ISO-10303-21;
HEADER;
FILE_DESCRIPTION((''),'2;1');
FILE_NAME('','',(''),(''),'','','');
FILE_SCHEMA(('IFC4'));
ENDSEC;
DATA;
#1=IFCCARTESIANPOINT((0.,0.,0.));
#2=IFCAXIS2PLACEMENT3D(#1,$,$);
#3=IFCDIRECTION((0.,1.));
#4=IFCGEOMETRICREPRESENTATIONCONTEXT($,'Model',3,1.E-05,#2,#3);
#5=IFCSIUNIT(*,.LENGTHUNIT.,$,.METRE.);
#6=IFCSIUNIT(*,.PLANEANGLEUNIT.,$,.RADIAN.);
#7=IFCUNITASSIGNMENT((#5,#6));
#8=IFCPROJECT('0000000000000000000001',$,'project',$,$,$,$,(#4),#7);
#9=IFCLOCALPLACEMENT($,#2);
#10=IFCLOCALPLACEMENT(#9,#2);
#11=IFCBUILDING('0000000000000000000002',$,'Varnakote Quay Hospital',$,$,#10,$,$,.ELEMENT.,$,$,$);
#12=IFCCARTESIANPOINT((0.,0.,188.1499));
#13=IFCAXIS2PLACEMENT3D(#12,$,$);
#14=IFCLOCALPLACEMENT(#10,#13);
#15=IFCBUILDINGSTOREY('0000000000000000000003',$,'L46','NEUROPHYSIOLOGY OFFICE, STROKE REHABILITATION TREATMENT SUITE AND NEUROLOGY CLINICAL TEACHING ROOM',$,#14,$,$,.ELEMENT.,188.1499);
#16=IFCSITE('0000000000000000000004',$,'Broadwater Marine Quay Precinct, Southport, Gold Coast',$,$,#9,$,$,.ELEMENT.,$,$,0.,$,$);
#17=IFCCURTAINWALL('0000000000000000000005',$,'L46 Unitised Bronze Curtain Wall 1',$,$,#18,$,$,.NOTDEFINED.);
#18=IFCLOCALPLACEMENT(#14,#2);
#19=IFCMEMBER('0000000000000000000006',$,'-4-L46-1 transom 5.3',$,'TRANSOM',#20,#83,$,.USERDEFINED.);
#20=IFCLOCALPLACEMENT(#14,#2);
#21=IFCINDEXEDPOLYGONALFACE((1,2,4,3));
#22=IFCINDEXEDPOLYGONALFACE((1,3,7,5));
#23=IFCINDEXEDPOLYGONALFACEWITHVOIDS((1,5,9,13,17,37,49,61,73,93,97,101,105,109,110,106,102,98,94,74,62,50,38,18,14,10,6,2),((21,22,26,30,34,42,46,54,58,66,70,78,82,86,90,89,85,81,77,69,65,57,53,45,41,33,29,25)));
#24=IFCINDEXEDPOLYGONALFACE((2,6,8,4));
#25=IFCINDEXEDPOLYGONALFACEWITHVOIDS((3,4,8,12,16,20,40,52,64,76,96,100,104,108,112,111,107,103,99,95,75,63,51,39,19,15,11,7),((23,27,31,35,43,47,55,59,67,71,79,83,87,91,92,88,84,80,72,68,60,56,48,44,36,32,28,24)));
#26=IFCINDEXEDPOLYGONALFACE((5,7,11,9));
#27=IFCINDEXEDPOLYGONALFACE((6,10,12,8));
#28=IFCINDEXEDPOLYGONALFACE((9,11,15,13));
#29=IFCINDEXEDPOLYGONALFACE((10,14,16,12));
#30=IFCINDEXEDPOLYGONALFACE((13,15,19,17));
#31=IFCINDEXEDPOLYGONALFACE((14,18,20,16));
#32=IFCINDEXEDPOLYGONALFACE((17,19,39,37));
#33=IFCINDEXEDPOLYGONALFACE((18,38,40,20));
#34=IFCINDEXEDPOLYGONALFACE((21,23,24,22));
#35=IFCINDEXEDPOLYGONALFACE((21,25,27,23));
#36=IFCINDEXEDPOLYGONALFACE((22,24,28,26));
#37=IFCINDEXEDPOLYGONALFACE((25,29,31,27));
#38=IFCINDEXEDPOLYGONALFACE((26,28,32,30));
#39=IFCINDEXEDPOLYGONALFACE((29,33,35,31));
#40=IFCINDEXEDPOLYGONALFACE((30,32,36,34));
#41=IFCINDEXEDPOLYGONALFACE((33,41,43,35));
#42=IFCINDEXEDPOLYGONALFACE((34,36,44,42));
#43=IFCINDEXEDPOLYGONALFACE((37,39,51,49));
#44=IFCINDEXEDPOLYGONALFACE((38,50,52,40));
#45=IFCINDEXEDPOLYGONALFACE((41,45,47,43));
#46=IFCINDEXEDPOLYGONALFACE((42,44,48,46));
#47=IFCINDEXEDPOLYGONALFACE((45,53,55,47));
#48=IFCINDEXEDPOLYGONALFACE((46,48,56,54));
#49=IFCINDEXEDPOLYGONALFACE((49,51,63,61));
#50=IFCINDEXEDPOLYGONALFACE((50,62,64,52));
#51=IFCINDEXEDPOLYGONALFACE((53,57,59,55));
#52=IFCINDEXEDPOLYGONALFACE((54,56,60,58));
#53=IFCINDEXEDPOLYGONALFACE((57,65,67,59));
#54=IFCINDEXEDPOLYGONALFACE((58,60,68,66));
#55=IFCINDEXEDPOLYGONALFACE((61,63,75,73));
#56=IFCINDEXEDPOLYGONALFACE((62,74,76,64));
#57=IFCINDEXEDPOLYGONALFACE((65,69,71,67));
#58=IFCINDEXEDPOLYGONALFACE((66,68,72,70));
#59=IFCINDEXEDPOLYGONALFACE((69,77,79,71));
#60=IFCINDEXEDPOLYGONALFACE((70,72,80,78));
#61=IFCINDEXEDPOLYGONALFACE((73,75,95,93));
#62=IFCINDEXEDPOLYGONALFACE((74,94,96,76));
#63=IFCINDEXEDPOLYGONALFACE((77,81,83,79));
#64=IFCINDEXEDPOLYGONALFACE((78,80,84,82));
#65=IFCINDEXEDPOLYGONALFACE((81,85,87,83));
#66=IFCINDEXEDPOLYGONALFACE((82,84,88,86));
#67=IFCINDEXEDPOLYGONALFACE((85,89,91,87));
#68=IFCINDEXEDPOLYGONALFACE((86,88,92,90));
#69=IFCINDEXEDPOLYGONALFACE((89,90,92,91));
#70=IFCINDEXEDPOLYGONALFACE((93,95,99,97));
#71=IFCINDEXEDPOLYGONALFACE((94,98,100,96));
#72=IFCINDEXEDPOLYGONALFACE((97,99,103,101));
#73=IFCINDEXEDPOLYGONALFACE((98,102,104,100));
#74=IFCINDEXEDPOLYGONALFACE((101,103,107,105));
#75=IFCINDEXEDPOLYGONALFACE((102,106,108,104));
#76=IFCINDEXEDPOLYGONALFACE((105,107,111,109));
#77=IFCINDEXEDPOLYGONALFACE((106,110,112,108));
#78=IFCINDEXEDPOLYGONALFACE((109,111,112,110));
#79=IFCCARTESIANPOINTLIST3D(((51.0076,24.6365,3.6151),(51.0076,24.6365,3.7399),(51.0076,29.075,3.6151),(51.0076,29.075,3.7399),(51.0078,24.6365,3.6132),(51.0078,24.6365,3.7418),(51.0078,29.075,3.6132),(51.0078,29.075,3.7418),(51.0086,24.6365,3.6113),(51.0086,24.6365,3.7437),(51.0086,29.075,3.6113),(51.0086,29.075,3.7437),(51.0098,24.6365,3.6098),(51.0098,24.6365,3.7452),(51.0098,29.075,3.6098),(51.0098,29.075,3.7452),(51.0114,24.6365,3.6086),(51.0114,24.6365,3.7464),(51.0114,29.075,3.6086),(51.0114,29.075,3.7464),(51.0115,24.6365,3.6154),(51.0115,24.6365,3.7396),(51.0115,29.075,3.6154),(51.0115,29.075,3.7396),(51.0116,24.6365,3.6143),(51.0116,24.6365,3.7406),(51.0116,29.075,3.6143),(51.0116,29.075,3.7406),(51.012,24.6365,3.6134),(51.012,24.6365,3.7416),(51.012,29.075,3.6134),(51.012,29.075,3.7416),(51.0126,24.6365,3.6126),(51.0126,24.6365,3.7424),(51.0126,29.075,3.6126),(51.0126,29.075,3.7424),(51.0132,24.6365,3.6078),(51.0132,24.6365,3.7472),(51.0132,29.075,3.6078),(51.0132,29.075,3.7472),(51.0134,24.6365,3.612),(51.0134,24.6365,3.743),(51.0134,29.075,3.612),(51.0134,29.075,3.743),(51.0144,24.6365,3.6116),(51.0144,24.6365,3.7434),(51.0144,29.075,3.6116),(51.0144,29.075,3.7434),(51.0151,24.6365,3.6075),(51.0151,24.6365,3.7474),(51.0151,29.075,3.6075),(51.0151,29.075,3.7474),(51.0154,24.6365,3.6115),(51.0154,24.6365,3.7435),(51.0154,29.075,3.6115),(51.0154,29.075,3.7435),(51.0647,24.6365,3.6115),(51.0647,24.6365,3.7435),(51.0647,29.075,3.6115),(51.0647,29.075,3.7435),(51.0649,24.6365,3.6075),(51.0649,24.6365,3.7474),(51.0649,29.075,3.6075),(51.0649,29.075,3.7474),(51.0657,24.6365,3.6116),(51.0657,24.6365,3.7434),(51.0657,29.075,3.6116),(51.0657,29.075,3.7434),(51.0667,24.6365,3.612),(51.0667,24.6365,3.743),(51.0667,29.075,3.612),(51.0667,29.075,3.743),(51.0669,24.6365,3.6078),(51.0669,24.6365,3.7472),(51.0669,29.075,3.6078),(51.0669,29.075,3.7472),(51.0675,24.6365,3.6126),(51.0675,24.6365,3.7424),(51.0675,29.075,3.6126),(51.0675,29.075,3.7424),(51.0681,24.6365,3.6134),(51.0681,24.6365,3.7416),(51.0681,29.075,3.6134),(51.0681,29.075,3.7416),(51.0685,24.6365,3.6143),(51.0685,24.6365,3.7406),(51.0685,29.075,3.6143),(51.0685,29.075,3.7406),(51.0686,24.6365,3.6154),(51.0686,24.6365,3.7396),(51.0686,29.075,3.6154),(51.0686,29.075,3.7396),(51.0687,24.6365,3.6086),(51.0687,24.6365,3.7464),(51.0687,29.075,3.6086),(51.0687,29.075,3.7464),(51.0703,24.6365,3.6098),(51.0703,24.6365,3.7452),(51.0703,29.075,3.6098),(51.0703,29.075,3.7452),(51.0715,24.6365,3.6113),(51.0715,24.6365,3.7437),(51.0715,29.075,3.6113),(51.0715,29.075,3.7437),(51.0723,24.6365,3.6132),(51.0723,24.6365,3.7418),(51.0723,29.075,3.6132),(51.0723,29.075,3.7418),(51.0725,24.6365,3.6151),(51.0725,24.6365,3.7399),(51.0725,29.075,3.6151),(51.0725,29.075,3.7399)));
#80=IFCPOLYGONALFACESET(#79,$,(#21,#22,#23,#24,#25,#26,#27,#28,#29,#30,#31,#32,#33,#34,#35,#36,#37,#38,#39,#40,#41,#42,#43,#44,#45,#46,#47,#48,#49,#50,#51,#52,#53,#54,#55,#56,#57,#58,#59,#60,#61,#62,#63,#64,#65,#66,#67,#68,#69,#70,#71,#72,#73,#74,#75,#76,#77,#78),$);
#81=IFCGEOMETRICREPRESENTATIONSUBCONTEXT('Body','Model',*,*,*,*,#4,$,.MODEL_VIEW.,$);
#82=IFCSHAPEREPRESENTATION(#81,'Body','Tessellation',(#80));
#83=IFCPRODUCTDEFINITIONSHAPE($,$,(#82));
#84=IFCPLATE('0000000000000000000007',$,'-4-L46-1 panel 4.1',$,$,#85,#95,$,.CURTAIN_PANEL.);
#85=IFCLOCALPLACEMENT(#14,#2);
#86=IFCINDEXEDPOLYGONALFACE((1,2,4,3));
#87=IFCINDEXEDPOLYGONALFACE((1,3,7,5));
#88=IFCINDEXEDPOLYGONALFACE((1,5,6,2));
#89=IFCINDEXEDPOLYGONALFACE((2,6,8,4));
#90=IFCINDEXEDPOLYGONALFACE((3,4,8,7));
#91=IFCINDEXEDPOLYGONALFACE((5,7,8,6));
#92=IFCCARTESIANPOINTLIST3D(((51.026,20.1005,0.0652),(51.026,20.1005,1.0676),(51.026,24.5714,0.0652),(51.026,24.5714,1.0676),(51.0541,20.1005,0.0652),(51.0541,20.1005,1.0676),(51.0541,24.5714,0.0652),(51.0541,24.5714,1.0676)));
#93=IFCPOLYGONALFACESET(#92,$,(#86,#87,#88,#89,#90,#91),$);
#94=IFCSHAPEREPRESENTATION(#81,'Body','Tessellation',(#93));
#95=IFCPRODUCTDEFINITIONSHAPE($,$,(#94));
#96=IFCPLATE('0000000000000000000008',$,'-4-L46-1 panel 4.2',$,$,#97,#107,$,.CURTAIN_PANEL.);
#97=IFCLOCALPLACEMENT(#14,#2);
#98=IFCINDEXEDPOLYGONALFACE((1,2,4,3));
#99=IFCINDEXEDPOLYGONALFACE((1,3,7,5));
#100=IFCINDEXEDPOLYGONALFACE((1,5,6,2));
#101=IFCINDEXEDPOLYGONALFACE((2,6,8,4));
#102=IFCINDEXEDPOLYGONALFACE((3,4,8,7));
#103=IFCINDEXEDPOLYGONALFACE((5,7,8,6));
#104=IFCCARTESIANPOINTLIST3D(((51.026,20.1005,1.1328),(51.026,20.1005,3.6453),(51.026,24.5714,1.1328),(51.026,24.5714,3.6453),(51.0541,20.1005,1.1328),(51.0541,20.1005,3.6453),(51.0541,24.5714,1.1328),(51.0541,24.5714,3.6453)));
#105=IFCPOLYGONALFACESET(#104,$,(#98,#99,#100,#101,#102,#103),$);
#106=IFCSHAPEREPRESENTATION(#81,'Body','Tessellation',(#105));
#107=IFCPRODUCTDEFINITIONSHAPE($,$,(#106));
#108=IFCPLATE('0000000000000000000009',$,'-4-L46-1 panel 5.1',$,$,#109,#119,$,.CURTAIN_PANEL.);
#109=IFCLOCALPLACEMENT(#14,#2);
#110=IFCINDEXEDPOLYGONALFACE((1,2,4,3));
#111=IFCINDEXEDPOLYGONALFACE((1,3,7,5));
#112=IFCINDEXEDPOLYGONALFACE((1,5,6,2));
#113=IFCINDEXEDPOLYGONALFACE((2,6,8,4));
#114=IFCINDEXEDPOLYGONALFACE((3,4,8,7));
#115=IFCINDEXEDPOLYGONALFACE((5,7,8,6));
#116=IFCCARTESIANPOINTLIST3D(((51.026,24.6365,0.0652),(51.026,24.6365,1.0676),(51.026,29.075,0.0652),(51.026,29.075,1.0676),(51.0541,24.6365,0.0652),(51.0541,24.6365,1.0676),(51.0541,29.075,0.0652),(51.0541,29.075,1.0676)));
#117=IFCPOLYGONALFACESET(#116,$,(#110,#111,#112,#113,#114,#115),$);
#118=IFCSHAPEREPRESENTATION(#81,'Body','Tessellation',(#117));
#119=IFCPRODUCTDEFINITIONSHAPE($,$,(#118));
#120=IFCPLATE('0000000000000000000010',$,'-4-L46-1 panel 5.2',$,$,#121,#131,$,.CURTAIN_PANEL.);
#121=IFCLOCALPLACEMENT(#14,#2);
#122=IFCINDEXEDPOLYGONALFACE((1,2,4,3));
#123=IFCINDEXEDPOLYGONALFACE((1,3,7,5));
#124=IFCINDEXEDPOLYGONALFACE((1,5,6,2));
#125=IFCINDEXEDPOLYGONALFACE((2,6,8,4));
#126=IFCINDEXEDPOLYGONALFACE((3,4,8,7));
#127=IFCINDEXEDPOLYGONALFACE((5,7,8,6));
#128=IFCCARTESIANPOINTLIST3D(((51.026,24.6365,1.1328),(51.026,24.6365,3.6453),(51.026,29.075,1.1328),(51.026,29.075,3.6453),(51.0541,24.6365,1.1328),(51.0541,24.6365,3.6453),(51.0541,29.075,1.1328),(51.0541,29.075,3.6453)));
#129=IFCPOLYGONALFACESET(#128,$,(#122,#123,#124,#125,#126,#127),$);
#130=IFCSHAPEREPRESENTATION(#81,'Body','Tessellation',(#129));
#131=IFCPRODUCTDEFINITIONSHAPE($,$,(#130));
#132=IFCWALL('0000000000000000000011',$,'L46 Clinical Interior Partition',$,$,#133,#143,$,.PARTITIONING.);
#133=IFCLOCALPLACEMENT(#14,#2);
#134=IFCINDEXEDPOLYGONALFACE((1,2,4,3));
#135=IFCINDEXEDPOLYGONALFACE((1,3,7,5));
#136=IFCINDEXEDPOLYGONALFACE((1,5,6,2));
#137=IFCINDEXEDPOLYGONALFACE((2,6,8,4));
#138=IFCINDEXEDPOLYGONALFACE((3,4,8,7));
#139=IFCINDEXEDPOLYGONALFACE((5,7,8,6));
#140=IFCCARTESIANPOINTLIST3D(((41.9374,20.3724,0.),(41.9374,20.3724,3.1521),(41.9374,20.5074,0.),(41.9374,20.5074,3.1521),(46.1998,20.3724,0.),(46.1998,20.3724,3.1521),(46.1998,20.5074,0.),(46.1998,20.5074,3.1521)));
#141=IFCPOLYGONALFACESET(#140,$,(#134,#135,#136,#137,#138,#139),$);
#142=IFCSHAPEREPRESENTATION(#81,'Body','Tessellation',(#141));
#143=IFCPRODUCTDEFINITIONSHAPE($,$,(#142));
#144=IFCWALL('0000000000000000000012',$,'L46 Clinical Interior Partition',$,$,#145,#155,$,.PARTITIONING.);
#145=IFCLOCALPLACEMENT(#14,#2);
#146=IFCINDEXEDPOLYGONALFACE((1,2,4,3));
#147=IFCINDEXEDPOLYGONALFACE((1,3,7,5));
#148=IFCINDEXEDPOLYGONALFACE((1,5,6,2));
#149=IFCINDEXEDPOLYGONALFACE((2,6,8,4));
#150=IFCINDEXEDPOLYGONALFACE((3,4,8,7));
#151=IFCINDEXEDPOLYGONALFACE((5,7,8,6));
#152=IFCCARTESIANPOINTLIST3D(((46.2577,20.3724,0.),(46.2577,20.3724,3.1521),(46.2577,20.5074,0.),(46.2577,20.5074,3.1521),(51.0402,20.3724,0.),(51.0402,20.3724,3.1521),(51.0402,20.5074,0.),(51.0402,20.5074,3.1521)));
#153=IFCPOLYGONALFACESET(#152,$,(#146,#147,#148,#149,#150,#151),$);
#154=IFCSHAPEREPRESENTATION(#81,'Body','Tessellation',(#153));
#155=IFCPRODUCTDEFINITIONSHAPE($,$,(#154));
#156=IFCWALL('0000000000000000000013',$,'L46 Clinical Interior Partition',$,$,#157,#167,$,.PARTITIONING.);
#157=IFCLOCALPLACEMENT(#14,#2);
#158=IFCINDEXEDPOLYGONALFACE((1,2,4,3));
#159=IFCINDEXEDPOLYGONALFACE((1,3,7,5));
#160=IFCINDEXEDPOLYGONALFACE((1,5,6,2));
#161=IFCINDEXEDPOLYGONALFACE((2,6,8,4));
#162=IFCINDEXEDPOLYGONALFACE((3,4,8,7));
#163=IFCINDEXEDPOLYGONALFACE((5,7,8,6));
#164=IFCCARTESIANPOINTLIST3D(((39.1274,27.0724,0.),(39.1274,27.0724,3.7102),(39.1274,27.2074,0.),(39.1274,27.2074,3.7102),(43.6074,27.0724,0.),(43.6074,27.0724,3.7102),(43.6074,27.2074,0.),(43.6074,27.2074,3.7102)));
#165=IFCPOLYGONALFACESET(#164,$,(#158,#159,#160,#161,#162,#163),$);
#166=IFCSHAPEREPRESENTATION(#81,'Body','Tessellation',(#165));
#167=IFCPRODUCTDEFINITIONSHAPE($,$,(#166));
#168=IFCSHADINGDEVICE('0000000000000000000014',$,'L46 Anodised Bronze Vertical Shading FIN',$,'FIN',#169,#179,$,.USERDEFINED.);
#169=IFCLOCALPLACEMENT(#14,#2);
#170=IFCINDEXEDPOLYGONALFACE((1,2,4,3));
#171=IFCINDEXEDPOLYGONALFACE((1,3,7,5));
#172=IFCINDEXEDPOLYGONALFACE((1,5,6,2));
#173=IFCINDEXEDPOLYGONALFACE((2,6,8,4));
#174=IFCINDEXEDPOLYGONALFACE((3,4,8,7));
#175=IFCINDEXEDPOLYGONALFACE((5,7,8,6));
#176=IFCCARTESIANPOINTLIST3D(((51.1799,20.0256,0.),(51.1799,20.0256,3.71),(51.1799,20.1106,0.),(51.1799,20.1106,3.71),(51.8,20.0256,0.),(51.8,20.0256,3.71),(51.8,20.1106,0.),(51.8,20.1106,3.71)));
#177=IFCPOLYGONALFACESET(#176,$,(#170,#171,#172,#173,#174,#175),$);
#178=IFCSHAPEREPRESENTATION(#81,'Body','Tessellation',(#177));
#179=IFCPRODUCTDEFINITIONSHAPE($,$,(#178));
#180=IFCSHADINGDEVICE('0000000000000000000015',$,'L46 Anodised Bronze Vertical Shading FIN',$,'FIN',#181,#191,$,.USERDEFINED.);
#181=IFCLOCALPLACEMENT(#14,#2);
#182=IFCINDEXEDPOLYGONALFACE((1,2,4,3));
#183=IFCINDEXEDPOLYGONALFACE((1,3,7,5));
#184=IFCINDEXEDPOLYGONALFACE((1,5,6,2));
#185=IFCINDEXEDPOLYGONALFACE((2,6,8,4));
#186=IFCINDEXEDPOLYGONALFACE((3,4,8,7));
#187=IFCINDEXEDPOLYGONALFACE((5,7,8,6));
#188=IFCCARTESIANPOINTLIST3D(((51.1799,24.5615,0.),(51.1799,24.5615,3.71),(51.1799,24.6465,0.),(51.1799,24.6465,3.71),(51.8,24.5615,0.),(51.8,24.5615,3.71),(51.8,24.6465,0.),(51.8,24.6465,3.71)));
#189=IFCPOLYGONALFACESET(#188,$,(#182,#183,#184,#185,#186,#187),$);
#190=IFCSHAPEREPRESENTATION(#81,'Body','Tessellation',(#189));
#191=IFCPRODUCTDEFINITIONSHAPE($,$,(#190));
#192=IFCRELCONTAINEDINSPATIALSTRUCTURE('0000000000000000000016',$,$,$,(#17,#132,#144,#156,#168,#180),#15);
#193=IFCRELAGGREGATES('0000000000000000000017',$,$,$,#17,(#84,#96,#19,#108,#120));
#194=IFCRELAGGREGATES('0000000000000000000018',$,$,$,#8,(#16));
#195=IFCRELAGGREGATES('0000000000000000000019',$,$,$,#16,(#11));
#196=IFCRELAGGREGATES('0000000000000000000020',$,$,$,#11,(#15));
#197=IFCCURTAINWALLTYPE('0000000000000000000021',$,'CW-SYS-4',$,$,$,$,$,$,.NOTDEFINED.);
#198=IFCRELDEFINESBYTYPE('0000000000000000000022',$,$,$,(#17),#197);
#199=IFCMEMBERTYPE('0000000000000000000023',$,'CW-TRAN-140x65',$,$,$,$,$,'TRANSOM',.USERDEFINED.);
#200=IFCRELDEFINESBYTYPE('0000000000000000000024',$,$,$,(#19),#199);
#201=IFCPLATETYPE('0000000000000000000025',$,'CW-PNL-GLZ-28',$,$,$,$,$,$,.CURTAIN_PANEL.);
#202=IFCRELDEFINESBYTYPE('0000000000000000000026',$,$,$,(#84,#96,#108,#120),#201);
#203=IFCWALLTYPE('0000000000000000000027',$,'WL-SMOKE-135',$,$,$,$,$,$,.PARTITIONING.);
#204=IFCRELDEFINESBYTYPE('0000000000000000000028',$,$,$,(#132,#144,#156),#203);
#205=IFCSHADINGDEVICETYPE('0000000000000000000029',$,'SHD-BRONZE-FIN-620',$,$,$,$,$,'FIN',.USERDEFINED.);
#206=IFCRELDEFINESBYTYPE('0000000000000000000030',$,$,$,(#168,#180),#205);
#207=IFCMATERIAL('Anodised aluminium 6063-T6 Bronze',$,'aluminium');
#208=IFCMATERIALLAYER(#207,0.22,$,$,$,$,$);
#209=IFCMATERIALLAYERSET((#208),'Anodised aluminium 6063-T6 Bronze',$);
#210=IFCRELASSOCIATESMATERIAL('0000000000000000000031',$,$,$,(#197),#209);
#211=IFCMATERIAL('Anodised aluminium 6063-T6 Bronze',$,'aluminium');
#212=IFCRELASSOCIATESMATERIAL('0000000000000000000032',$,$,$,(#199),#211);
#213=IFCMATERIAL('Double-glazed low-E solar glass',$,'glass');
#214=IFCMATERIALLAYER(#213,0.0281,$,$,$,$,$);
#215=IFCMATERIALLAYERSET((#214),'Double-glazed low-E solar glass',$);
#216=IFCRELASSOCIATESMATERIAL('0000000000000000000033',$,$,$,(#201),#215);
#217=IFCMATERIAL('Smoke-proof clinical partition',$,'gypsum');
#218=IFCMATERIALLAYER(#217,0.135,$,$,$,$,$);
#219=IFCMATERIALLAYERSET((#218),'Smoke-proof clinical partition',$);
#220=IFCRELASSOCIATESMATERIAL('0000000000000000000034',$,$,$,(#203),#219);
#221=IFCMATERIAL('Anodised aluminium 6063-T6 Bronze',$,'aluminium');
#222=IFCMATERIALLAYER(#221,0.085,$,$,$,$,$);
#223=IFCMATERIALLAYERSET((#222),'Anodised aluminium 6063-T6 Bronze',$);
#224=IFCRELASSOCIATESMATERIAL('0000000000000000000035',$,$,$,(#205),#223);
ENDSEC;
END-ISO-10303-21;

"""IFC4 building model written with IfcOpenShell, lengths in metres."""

from ifc_helpers import new_model, si_unit, direction, frame, frame_2d, origin, origin_2d, place, context, subcontext, project, spatial, rectangle, hollow_rectangle, extrude, material, layer, layer_set, material_profile, profile_set, type_object, element, aggregate, save


model = new_model("IFC4")

# Units and contexts
model_context = context("Model", 3, precision=1e-05, world=origin(), true_north=direction((0.0, 1.0)))
body_context = subcontext(model_context, "Body", "Model", "MODEL_VIEW")
ifc_project = project(units=[si_unit("LENGTHUNIT", "METRE"), si_unit("PLANEANGLEUNIT", "RADIAN")], contexts=[model_context])

# Site, building, storey
site_placement = place(None, origin())
site = spatial("IfcSite", under=ifc_project, at=site_placement, Name="Broadwater Marine Quay Precinct, Southport, Gold Coast", CompositionType="ELEMENT", RefElevation=0.0)
building_placement = place(site_placement, origin())
building = spatial("IfcBuilding", under=site, at=building_placement, Name="Varnakote Quay Hospital", CompositionType="ELEMENT")
storey_placement = place(building_placement, frame((0.0, 0.0, 188.1499)))
storey = spatial("IfcBuildingStorey", under=building, at=storey_placement, Name="L46", Description="NEUROPHYSIOLOGY OFFICE, STROKE REHABILITATION TREATMENT SUITE AND NEUROLOGY CLINICAL TEACHING ROOM", CompositionType="ELEMENT", Elevation=188.1499)

# Curtain wall, member, plates
ifc_material_1 = material(Name="Anodised aluminium 6063-T6 Bronze", Category="aluminium")
ifc_layer_1 = layer(ifc_material_1, 0.22)
ifc_layer_set_1 = layer_set([ifc_layer_1], Name="Anodised aluminium 6063-T6 Bronze")
curtain_wall_type = type_object("IfcCurtainWallType", Name="CW-SYS-4", PredefinedType="NOTDEFINED", material=ifc_layer_set_1)
curtain_wall_placement = place(storey_placement, origin())
curtain_wall = element("IfcCurtainWall", 1, at=curtain_wall_placement, inside=storey, type_object=curtain_wall_type, Name="L46 Unitised Bronze Curtain Wall 1", PredefinedType="NOTDEFINED")
ifc_material_2 = material(Name="Anodised aluminium 6063-T6 Bronze", Category="aluminium")
ifc_material_profile_1 = material_profile(ifc_material_2, hollow_rectangle(XDim=0.0649, YDim=0.1399, WallThickness=0.0039, InnerFilletRadius=0.0039, OuterFilletRadius=0.0076, at=origin_2d()), Name="CW-TRAN-140x65")
ifc_profile_set_1 = profile_set([ifc_material_profile_1], Name="Anodised aluminium 6063-T6 Bronze")
member_type_1 = type_object("IfcMemberType", Name="CW-TRAN-140x65", ElementType="TRANSOM", PredefinedType="USERDEFINED", material=ifc_profile_set_1)
member_1_placement = place(storey_placement, frame((51.04, 24.6365, 3.6775), z_axis=(0.0, 1.0, 0.0), x_axis=(-1.0, 0.0, 0.0)))
member_1 = element("IfcMember", 2, at=member_1_placement, type_object=member_type_1, Name="-4-L46-1 transom 5.3", ObjectType="TRANSOM", PredefinedType="USERDEFINED", context=body_context, shape_type="SweptSolid", body=[
    extrude(hollow_rectangle(XDim=0.0649, YDim=0.1399, WallThickness=0.0039, InnerFilletRadius=0.0039, OuterFilletRadius=0.0076, at=origin_2d()), origin(), (0.0, 0.0, 1.0), 4.4385),
])
ifc_material_3 = material(Name="Double-glazed low-E solar glass", Category="glass")
ifc_layer_2 = layer(ifc_material_3, 0.0281)
ifc_layer_set_2 = layer_set([ifc_layer_2], Name="Double-glazed low-E solar glass")
plate_type = type_object("IfcPlateType", Name="CW-PNL-GLZ-28", PredefinedType="CURTAIN_PANEL", material=ifc_layer_set_2)
plate_1_placement = place(storey_placement, frame((51.04, 22.3359, 0.0652), z_axis=(0.0, 0.0, 1.0), x_axis=(0.0, 1.0, 0.0)))
plate_1 = element("IfcPlate", 3, at=plate_1_placement, type_object=plate_type, Name="-4-L46-1 panel 4.1", PredefinedType="CURTAIN_PANEL", context=body_context, shape_type="SweptSolid", body=[
    extrude(rectangle(XDim=4.4709, YDim=0.0281, at=origin_2d()), origin(), (0.0, 0.0, 1.0), 1.0024),
])
plate_2_placement = place(storey_placement, frame((51.04, 22.3359, 1.1328), z_axis=(0.0, 0.0, 1.0), x_axis=(0.0, 1.0, 0.0)))
plate_2 = element("IfcPlate", 4, at=plate_2_placement, type_object=plate_type, Name="-4-L46-1 panel 4.2", PredefinedType="CURTAIN_PANEL", context=body_context, shape_type="SweptSolid", body=[
    extrude(rectangle(XDim=4.4709, YDim=0.0281, at=origin_2d()), origin(), (0.0, 0.0, 1.0), 2.5125),
])
plate_3_placement = place(storey_placement, frame((51.04, 26.8557, 0.0652), z_axis=(0.0, 0.0, 1.0), x_axis=(0.0, 1.0, 0.0)))
plate_3 = element("IfcPlate", 5, at=plate_3_placement, type_object=plate_type, Name="-4-L46-1 panel 5.1", PredefinedType="CURTAIN_PANEL", context=body_context, shape_type="SweptSolid", body=[
    extrude(rectangle(XDim=4.4385, YDim=0.0281, at=origin_2d()), origin(), (0.0, 0.0, 1.0), 1.0024),
])
plate_4_placement = place(storey_placement, frame((51.04, 26.8557, 1.1328), z_axis=(0.0, 0.0, 1.0), x_axis=(0.0, 1.0, 0.0)))
plate_4 = element("IfcPlate", 6, at=plate_4_placement, type_object=plate_type, Name="-4-L46-1 panel 5.2", PredefinedType="CURTAIN_PANEL", context=body_context, shape_type="SweptSolid", body=[
    extrude(rectangle(XDim=4.4385, YDim=0.0281, at=origin_2d()), origin(), (0.0, 0.0, 1.0), 2.5125),
])
aggregate(curtain_wall, [plate_1, plate_2, member_1, plate_3, plate_4])

# Walls
ifc_material_4 = material(Name="Smoke-proof clinical partition", Category="gypsum")
ifc_layer_3 = layer(ifc_material_4, 0.135)
ifc_layer_set_3 = layer_set([ifc_layer_3], Name="Smoke-proof clinical partition")
wall_type = type_object("IfcWallType", Name="WL-SMOKE-135", PredefinedType="PARTITIONING", material=ifc_layer_set_3)
wall_1_placement = place(storey_placement, frame((46.2, 20.4399, 0.0), z_axis=(0.0, 0.0, 1.0), x_axis=(-1.0, 0.0, 0.0)))
element("IfcWall", 7, at=wall_1_placement, inside=storey, type_object=wall_type, Name="L46 Clinical Interior Partition", PredefinedType="PARTITIONING", context=body_context, shape_type="SweptSolid", body=[
    extrude(rectangle(XDim=4.2625, YDim=0.135, at=frame_2d((2.1313, 0.0))), origin(), (0.0, 0.0, 1.0), 3.1521),
])
wall_2_placement = place(storey_placement, frame((51.04, 20.4399, 0.0), z_axis=(0.0, 0.0, 1.0), x_axis=(-1.0, 0.0, 0.0)))
element("IfcWall", 8, at=wall_2_placement, inside=storey, type_object=wall_type, Name="L46 Clinical Interior Partition", PredefinedType="PARTITIONING", context=body_context, shape_type="SweptSolid", body=[
    extrude(rectangle(XDim=4.7825, YDim=0.135, at=frame_2d((2.3911, 0.0))), origin(), (0.0, 0.0, 1.0), 3.1521),
])
wall_3_placement = place(storey_placement, frame((43.6074, 27.1399, 0.0), z_axis=(0.0, 0.0, 1.0), x_axis=(-1.0, 0.0, 0.0)))
element("IfcWall", 9, at=wall_3_placement, inside=storey, type_object=wall_type, Name="L46 Clinical Interior Partition", PredefinedType="PARTITIONING", context=body_context, shape_type="SweptSolid", body=[
    extrude(rectangle(XDim=4.48, YDim=0.135, at=frame_2d((2.24, 0.0))), origin(), (0.0, 0.0, 1.0), 3.7102),
])

# Shading devices
ifc_material_5 = material(Name="Anodised aluminium 6063-T6 Bronze", Category="aluminium")
ifc_layer_4 = layer(ifc_material_5, 0.085)
ifc_layer_set_4 = layer_set([ifc_layer_4], Name="Anodised aluminium 6063-T6 Bronze")
shading_device_type = type_object("IfcShadingDeviceType", Name="SHD-BRONZE-FIN-620", ElementType="FIN", PredefinedType="USERDEFINED", material=ifc_layer_set_4)
for number, where, z_axis, x_axis, name in (
    (10, (51.49, 20.0681, 0.0), (0.0, 0.0, 1.0), (-1.0, 0.0, 0.0), "L46 Anodised Bronze Vertical Shading FIN"),
    (11, (51.49, 24.604, 0.0), (0.0, 0.0, 1.0), (-1.0, 0.0, 0.0), "L46 Anodised Bronze Vertical Shading FIN"),
):
    element("IfcShadingDevice", number, at=place(storey_placement, frame(where, z_axis=z_axis, x_axis=x_axis)), inside=storey, type_object=shading_device_type, Name=name, ObjectType="FIN", PredefinedType="USERDEFINED", context=body_context, shape_type="SweptSolid", body=[
        extrude(rectangle(XDim=0.6201, YDim=0.085, at=origin_2d()), origin(), (0.0, 0.0, 1.0), 3.71),
    ])

save(model, "model.ifc")
